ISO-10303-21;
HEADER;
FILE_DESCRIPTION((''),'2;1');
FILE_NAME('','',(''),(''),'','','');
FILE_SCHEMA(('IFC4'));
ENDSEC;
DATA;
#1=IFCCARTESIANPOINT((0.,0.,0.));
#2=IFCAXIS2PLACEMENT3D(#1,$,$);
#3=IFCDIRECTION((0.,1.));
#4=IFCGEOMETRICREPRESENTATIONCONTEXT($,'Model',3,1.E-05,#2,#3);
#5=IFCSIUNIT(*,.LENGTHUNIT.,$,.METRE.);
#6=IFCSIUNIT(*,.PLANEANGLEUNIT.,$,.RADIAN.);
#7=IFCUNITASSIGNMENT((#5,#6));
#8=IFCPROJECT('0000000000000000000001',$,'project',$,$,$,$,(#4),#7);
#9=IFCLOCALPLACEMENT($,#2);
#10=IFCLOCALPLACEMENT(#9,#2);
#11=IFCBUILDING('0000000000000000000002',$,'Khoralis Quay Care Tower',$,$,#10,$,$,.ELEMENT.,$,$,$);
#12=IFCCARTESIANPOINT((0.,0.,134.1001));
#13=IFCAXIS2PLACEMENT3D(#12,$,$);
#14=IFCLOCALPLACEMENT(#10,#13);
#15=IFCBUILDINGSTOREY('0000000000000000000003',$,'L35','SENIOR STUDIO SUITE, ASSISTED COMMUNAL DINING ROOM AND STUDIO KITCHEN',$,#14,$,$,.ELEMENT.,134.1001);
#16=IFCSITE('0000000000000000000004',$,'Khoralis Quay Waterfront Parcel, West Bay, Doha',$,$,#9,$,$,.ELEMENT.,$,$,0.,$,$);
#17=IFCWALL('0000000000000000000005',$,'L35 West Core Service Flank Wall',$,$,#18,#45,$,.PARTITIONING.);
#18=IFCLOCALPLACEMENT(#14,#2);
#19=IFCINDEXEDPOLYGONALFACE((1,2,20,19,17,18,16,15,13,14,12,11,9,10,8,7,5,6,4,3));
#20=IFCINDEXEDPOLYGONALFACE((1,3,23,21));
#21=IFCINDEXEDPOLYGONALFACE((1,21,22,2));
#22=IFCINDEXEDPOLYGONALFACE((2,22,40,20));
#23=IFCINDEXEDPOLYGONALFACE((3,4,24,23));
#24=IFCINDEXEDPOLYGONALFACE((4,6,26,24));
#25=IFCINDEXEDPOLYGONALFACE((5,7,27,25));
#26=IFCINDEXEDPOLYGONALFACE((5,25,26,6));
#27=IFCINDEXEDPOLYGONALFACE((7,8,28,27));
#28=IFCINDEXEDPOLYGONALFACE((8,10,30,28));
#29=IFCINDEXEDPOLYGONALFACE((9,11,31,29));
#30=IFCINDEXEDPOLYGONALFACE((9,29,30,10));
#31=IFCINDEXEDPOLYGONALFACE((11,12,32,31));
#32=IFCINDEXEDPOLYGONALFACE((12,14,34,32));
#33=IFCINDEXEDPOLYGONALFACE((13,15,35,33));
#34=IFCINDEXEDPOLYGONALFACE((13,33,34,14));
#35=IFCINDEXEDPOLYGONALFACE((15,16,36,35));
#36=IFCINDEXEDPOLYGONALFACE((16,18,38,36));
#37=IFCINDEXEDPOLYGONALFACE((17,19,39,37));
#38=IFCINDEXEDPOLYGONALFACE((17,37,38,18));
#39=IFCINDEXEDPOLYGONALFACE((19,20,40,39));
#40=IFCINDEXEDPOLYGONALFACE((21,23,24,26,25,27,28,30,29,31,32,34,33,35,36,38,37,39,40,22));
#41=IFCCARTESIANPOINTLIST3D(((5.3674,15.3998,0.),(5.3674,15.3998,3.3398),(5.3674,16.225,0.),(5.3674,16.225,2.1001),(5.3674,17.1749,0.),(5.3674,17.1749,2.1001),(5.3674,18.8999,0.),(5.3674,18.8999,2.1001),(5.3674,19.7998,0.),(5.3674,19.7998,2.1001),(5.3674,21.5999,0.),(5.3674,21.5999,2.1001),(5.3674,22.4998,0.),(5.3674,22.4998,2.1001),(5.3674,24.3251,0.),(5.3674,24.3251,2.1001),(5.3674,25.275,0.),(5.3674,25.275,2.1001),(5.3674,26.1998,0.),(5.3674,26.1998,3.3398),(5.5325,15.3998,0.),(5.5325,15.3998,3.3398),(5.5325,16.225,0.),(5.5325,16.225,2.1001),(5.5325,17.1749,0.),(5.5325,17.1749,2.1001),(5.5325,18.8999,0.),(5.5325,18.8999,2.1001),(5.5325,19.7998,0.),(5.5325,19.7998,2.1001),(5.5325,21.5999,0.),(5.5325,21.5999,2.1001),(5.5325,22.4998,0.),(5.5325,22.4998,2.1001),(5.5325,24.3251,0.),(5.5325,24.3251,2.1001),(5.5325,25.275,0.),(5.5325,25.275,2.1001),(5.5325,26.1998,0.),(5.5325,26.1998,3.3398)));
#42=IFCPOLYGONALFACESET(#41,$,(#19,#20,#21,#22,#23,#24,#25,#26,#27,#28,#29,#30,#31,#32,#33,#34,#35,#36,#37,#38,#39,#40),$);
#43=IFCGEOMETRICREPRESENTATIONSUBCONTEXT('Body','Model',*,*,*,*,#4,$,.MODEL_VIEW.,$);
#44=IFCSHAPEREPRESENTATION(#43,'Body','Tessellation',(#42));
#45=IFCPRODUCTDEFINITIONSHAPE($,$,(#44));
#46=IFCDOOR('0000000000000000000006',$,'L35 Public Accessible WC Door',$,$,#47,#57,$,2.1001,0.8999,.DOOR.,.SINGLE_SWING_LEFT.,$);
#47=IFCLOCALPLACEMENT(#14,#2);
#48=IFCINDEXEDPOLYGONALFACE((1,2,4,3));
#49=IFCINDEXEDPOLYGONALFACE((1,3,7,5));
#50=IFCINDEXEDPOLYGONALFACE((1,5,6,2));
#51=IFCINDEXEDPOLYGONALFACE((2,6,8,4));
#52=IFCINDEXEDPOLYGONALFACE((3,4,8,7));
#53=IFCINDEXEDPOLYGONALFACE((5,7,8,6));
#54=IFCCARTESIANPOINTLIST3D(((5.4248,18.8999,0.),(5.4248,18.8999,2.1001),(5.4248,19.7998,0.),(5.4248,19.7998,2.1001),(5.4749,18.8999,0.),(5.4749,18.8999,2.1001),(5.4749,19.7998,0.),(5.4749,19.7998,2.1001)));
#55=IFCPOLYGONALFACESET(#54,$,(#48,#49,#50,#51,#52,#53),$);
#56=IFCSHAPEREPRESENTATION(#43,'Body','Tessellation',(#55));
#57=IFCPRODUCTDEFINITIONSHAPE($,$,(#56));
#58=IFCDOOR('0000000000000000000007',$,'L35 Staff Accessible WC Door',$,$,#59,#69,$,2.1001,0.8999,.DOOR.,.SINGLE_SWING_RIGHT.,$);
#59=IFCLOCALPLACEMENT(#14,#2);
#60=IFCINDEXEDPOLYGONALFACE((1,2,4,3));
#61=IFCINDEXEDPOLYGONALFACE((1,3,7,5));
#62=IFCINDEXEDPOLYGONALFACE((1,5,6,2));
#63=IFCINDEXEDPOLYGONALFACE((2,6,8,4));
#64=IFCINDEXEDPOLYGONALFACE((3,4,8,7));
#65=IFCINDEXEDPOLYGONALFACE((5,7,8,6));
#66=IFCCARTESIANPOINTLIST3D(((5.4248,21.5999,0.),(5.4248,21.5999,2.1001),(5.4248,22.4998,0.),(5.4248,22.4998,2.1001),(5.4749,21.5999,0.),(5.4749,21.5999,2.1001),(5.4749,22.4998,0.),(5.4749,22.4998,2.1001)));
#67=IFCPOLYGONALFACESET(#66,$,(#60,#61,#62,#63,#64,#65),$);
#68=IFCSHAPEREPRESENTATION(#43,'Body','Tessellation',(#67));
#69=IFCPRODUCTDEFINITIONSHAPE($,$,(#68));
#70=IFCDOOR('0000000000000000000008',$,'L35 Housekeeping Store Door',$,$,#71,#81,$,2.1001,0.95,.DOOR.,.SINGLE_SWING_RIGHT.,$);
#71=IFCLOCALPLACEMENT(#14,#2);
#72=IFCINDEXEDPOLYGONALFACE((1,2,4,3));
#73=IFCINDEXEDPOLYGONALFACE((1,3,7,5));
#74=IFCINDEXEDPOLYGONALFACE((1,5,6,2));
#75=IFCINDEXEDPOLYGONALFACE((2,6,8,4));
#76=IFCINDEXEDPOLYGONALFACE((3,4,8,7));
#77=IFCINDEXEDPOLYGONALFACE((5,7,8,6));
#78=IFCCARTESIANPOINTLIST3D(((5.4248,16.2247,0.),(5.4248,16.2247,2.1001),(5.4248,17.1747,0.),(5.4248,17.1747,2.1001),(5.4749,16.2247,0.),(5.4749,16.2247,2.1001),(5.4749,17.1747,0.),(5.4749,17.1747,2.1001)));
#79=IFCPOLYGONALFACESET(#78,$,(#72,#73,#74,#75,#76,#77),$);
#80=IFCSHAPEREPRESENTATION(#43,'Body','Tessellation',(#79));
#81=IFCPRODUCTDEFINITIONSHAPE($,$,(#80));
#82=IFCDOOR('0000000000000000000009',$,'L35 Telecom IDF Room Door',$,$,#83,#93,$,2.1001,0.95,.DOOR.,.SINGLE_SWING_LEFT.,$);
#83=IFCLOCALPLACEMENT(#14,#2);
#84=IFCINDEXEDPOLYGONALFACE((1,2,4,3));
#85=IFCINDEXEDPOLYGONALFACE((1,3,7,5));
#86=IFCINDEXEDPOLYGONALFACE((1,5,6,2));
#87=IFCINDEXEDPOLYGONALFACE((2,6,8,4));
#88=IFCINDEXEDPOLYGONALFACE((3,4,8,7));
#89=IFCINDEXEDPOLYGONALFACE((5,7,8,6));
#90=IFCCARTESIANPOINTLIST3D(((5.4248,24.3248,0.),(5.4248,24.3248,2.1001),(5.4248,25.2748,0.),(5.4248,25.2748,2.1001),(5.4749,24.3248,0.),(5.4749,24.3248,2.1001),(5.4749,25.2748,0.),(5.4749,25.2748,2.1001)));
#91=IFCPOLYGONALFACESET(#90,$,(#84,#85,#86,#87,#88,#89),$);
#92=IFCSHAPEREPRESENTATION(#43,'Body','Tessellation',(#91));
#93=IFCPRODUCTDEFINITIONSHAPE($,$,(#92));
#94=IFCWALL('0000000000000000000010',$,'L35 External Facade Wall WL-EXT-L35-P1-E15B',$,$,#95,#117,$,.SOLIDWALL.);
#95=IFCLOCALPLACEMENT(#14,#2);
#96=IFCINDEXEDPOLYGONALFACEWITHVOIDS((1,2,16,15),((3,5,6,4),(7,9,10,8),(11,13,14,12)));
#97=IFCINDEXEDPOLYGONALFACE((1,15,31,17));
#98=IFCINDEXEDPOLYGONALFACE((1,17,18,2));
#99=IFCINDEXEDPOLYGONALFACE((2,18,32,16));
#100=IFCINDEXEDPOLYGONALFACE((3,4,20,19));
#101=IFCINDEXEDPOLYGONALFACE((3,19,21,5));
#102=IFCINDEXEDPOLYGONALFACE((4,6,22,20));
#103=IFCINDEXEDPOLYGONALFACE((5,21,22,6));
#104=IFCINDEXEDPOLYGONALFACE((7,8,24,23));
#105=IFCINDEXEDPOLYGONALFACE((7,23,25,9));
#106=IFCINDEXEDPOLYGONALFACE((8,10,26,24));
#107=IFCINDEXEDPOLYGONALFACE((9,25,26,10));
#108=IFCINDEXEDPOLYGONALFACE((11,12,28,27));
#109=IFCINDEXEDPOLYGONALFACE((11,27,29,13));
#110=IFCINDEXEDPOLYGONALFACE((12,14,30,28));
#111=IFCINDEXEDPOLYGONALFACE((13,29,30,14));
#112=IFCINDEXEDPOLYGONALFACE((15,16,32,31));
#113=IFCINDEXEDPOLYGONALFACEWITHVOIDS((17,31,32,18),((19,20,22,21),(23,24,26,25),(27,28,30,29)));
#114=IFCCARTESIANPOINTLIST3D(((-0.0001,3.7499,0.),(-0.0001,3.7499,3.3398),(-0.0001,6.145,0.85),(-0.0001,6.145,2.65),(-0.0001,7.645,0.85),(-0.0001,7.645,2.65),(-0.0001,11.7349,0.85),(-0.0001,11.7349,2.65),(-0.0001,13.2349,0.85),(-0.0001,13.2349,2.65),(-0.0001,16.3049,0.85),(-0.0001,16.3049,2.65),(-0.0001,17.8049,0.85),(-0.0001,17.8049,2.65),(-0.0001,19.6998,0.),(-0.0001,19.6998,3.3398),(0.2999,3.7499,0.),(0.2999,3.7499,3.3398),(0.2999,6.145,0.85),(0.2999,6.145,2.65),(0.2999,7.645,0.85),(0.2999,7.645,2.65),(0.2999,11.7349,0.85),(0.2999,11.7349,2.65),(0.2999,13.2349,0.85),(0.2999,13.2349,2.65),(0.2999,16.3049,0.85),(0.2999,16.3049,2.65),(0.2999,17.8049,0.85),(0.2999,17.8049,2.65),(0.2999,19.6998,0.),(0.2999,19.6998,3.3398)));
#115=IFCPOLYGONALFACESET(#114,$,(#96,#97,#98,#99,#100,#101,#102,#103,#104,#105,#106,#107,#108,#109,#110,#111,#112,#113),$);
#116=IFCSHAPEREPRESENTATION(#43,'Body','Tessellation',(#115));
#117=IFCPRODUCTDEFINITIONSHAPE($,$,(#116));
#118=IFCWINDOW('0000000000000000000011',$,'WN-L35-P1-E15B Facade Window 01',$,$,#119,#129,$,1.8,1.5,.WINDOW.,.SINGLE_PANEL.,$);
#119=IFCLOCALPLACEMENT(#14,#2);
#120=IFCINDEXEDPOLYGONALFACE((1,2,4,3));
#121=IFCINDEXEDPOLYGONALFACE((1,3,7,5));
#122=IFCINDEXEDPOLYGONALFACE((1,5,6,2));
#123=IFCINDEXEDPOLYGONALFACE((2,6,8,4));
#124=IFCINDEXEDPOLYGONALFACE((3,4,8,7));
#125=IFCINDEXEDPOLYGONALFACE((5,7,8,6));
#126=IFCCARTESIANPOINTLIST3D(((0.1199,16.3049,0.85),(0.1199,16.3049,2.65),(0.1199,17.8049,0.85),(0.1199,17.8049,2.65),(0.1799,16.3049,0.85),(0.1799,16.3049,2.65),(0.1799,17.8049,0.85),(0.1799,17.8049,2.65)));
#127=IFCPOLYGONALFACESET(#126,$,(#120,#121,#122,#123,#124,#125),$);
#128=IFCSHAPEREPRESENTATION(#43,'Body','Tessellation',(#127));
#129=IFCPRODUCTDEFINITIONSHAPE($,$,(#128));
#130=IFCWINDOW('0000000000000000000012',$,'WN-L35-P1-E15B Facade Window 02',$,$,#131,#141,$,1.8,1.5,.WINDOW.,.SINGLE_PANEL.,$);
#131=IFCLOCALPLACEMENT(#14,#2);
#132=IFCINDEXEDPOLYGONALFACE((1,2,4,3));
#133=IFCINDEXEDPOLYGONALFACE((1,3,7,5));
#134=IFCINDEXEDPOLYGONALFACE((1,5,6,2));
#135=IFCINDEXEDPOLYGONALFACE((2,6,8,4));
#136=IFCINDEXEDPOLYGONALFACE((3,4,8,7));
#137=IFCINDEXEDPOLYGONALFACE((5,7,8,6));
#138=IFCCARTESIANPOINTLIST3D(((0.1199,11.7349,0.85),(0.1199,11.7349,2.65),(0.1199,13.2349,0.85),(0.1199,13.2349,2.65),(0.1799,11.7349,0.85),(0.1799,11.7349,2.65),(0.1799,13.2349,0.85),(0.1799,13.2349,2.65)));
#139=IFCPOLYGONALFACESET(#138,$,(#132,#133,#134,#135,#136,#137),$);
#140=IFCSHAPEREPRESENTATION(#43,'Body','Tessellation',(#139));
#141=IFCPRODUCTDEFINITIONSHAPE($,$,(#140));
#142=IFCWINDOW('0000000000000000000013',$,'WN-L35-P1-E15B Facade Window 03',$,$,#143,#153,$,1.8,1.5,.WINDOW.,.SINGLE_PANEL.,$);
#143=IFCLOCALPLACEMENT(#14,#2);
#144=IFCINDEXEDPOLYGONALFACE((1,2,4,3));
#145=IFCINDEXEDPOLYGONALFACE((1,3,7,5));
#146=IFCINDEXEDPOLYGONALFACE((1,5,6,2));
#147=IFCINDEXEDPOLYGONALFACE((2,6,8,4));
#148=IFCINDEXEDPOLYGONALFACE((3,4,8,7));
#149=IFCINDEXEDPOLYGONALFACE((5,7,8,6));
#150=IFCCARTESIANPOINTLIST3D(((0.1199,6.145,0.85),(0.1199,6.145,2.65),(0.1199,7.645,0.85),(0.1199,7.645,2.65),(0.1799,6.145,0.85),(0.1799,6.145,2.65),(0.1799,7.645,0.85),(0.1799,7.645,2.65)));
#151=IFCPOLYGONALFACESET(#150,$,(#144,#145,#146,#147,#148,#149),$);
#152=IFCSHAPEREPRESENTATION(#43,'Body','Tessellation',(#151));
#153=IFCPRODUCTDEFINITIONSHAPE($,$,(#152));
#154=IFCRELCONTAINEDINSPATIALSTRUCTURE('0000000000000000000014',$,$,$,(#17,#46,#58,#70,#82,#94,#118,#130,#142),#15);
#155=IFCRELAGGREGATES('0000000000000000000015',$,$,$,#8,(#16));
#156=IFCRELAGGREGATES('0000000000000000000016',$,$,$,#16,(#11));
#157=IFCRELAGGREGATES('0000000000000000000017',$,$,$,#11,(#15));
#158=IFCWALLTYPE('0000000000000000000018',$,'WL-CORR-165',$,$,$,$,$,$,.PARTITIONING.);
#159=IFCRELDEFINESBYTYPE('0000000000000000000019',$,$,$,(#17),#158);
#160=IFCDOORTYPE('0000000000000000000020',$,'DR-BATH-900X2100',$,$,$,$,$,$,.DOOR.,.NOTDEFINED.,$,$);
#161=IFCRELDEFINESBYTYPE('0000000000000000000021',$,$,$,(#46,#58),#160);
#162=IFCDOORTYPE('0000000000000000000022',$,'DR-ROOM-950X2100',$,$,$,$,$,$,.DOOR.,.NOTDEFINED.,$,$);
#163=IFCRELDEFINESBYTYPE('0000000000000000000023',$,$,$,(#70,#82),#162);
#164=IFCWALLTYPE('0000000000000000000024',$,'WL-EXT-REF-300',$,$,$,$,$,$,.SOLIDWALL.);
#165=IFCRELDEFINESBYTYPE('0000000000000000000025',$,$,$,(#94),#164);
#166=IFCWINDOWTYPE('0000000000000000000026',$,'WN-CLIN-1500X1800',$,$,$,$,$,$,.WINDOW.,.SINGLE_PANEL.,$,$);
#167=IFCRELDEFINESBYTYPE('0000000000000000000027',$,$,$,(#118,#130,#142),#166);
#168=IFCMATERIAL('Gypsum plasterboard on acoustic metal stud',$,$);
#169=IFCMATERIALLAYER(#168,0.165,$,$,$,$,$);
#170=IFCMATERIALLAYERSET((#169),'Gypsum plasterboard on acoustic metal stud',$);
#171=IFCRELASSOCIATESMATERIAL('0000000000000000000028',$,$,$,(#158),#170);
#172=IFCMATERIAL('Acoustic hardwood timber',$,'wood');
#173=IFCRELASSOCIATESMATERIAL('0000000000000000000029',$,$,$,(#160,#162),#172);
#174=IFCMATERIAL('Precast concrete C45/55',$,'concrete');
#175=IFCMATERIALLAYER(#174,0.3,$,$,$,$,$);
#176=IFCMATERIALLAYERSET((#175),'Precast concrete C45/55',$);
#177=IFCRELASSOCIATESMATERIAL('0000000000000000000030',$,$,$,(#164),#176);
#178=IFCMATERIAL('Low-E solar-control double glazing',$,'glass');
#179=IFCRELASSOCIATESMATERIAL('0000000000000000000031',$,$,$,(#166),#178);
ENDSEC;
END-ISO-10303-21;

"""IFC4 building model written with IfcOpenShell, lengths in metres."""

from ifc_helpers import new_model, si_unit, direction, frame, frame_2d, origin, place, context, subcontext, project, spatial, rectangle, extrude, source, transform, mapped, material, layer, layer_set, type_object, element, fill, save


model = new_model("IFC4")

# Units and contexts
model_context = context("Model", 3, precision=1e-05, world=origin(), true_north=direction((0.0, 1.0)))
body_context = subcontext(model_context, "Body", "Model", "MODEL_VIEW")
ifc_project = project(units=[si_unit("LENGTHUNIT", "METRE"), si_unit("PLANEANGLEUNIT", "RADIAN")], contexts=[model_context])

# Site, building, storey
site_placement = place(None, origin())
site = spatial("IfcSite", under=ifc_project, at=site_placement, Name="Khoralis Quay Waterfront Parcel, West Bay, Doha", CompositionType="ELEMENT", RefElevation=0.0)
building_placement = place(site_placement, origin())
building = spatial("IfcBuilding", under=site, at=building_placement, Name="Khoralis Quay Care Tower", CompositionType="ELEMENT")
storey_placement = place(building_placement, frame((0.0, 0.0, 134.1001)))
storey = spatial("IfcBuildingStorey", under=building, at=storey_placement, Name="L35", Description="SENIOR STUDIO SUITE, ASSISTED COMMUNAL DINING ROOM AND STUDIO KITCHEN", CompositionType="ELEMENT", Elevation=134.1001)

# Shared definitions
ifc_material_1 = material(Name="Low-E solar-control double glazing", Category="glass")

# Wall, openings, doors
ifc_material_2 = material(Name="Gypsum plasterboard on acoustic metal stud")
ifc_layer_1 = layer(ifc_material_2, 0.165)
ifc_layer_set_1 = layer_set([ifc_layer_1], Name="Gypsum plasterboard on acoustic metal stud")
wall_type_1 = type_object("IfcWallType", Name="WL-CORR-165", PredefinedType="PARTITIONING", material=ifc_layer_set_1)
wall_1_placement = place(storey_placement, frame((5.45, 15.3999, 0.0), z_axis=(0.0, 0.0, 1.0), x_axis=(0.0, 1.0, 0.0)))
wall_1 = element("IfcWall", 1, at=wall_1_placement, inside=storey, type_object=wall_type_1, Name="L35 West Core Service Flank Wall", PredefinedType="PARTITIONING", context=body_context, shape_type="SweptSolid", body=[
    extrude(rectangle(XDim=10.8, YDim=0.165, at=frame_2d((5.3999, 0.0))), origin(), (0.0, 0.0, 1.0), 3.3398),
])
opening_1_placement = place(wall_1_placement, frame((0.825, 0.0, 0.0)))
opening_1 = element("IfcOpeningElement", 2, at=opening_1_placement, cuts=wall_1, PredefinedType="OPENING", context=body_context, shape_type="SweptSolid", body=[
    extrude(rectangle(XDim=0.95, YDim=2.1001, at=frame_2d((0.4751, 1.05))), frame((0.0, 0.0925, 0.0), z_axis=(0.0, -1.0, 0.0), x_axis=(1.0, 0.0, 0.0)), (0.0, 0.0, 1.0), 0.1851),
])
opening_2_placement = place(wall_1_placement, frame((3.5, 0.0, 0.0)))
opening_2 = element("IfcOpeningElement", 3, at=opening_2_placement, cuts=wall_1, PredefinedType="OPENING", context=body_context, shape_type="SweptSolid", body=[
    extrude(rectangle(XDim=0.8999, YDim=2.1001, at=frame_2d((0.45, 1.05))), frame((0.0, 0.0925, 0.0), z_axis=(0.0, -1.0, 0.0), x_axis=(1.0, 0.0, 0.0)), (0.0, 0.0, 1.0), 0.1851),
])
opening_3_placement = place(wall_1_placement, frame((6.2, 0.0, 0.0)))
opening_3 = element("IfcOpeningElement", 4, at=opening_3_placement, cuts=wall_1, PredefinedType="OPENING", context=body_context, shape_type="SweptSolid", body=[
    extrude(rectangle(XDim=0.8999, YDim=2.1001, at=frame_2d((0.45, 1.05))), frame((0.0, 0.0925, 0.0), z_axis=(0.0, -1.0, 0.0), x_axis=(1.0, 0.0, 0.0)), (0.0, 0.0, 1.0), 0.1851),
])
opening_4_placement = place(wall_1_placement, frame((8.925, 0.0, 0.0)))
opening_4 = element("IfcOpeningElement", 5, at=opening_4_placement, cuts=wall_1, PredefinedType="OPENING", context=body_context, shape_type="SweptSolid", body=[
    extrude(rectangle(XDim=0.95, YDim=2.1001, at=frame_2d((0.4751, 1.05))), frame((0.0, 0.0925, 0.0), z_axis=(0.0, -1.0, 0.0), x_axis=(1.0, 0.0, 0.0)), (0.0, 0.0, 1.0), 0.1851),
])
ifc_material_3 = material(Name="Acoustic hardwood timber", Category="wood")
door_type_1 = type_object("IfcDoorType", Name="DR-BATH-900X2100", OperationType="NOTDEFINED", PredefinedType="DOOR", material=ifc_material_3)
shared_shape_1 = source(origin(), body_context, "Body", "SweptSolid", [
    extrude(rectangle(XDim=0.8999, YDim=2.1001, at=frame_2d((0.45, 1.05))), frame((0.0, 0.0249, 0.0), z_axis=(0.0, -1.0, 0.0), x_axis=(1.0, 0.0, 0.0)), (0.0, 0.0, 1.0), 0.05),
])
door_1_placement = place(opening_2_placement, frame((0.8999, 0.0, 0.0), z_axis=(0.0, 0.0, 1.0), x_axis=(-1.0, 0.0, 0.0)))
door_1 = element("IfcDoor", 6, at=door_1_placement, inside=storey, type_object=door_type_1, Name="L35 Public Accessible WC Door", OperationType="SINGLE_SWING_LEFT", OverallHeight=2.1001, OverallWidth=0.8999, PredefinedType="DOOR", context=body_context, shape_type="MappedRepresentation", body=[
    mapped(shared_shape_1, transform((0.0, 0.0, 0.0), scale=1.0)),
])
fill(opening_2, door_1)
door_2_placement = place(opening_3_placement, frame((0.8999, 0.0, 0.0), z_axis=(0.0, 0.0, 1.0), x_axis=(-1.0, 0.0, 0.0)))
door_2 = element("IfcDoor", 7, at=door_2_placement, inside=storey, type_object=door_type_1, Name="L35 Staff Accessible WC Door", OperationType="SINGLE_SWING_RIGHT", OverallHeight=2.1001, OverallWidth=0.8999, PredefinedType="DOOR", context=body_context, shape_type="MappedRepresentation", body=[
    mapped(shared_shape_1, transform((0.0, 0.0, 0.0), scale=1.0)),
])
fill(opening_3, door_2)
door_type_2 = type_object("IfcDoorType", Name="DR-ROOM-950X2100", OperationType="NOTDEFINED", PredefinedType="DOOR", material=ifc_material_3)
shared_shape_2 = source(origin(), body_context, "Body", "SweptSolid", [
    extrude(rectangle(XDim=0.95, YDim=2.1001, at=frame_2d((0.4751, 1.05))), frame((0.0, 0.0249, 0.0), z_axis=(0.0, -1.0, 0.0), x_axis=(1.0, 0.0, 0.0)), (0.0, 0.0, 1.0), 0.05),
])
door_3_placement = place(opening_1_placement, frame((0.95, 0.0, 0.0), z_axis=(0.0, 0.0, 1.0), x_axis=(-1.0, 0.0, 0.0)))
door_3 = element("IfcDoor", 8, at=door_3_placement, inside=storey, type_object=door_type_2, Name="L35 Housekeeping Store Door", OperationType="SINGLE_SWING_RIGHT", OverallHeight=2.1001, OverallWidth=0.95, PredefinedType="DOOR", context=body_context, shape_type="MappedRepresentation", body=[
    mapped(shared_shape_2, transform((0.0, 0.0, 0.0), scale=1.0)),
])
fill(opening_1, door_3)
door_4_placement = place(opening_4_placement, frame((0.95, 0.0, 0.0), z_axis=(0.0, 0.0, 1.0), x_axis=(-1.0, 0.0, 0.0)))
door_4 = element("IfcDoor", 9, at=door_4_placement, inside=storey, type_object=door_type_2, Name="L35 Telecom IDF Room Door", OperationType="SINGLE_SWING_LEFT", OverallHeight=2.1001, OverallWidth=0.95, PredefinedType="DOOR", context=body_context, shape_type="MappedRepresentation", body=[
    mapped(shared_shape_2, transform((0.0, 0.0, 0.0), scale=1.0)),
])
fill(opening_4, door_4)

# Wall, openings, windows
ifc_material_4 = material(Name="Precast concrete C45/55", Category="concrete")
ifc_layer_2 = layer(ifc_material_4, 0.3)
ifc_layer_set_2 = layer_set([ifc_layer_2], Name="Precast concrete C45/55")
wall_type_2 = type_object("IfcWallType", Name="WL-EXT-REF-300", PredefinedType="SOLIDWALL", material=ifc_layer_set_2)
wall_2_placement = place(storey_placement, frame((0.1499, 19.7, 0.0), z_axis=(0.0, 0.0, 1.0), x_axis=(0.0, -1.0, 0.0)))
wall_2 = element("IfcWall", 10, at=wall_2_placement, inside=storey, type_object=wall_type_2, Name="L35 External Facade Wall WL-EXT-L35-P1-E15B", PredefinedType="SOLIDWALL", context=body_context, shape_type="SweptSolid", body=[
    extrude(rectangle(XDim=15.95, YDim=0.3, at=frame_2d((7.9751, 0.0))), origin(), (0.0, 0.0, 1.0), 3.3398),
])
opening_5_placement = place(wall_2_placement, frame((1.895, 0.0, 0.8501)))
opening_5 = element("IfcOpeningElement", 11, at=opening_5_placement, cuts=wall_2, PredefinedType="OPENING", context=body_context, shape_type="SweptSolid", body=[
    extrude(rectangle(XDim=1.5, YDim=1.8, at=frame_2d((0.75, 0.8999))), frame((0.0, 0.1602, 0.0), z_axis=(0.0, -1.0, 0.0), x_axis=(1.0, 0.0, 0.0)), (0.0, 0.0, 1.0), 0.3201),
])
opening_6_placement = place(wall_2_placement, frame((6.4651, 0.0, 0.8501)))
opening_6 = element("IfcOpeningElement", 12, at=opening_6_placement, cuts=wall_2, PredefinedType="OPENING", context=body_context, shape_type="SweptSolid", body=[
    extrude(rectangle(XDim=1.5, YDim=1.8, at=frame_2d((0.75, 0.8999))), frame((0.0, 0.1602, 0.0), z_axis=(0.0, -1.0, 0.0), x_axis=(1.0, 0.0, 0.0)), (0.0, 0.0, 1.0), 0.3201),
])
opening_7_placement = place(wall_2_placement, frame((12.0549, 0.0, 0.8501)))
opening_7 = element("IfcOpeningElement", 13, at=opening_7_placement, cuts=wall_2, PredefinedType="OPENING", context=body_context, shape_type="SweptSolid", body=[
    extrude(rectangle(XDim=1.5, YDim=1.8, at=frame_2d((0.75, 0.8999))), frame((0.0, 0.1602, 0.0), z_axis=(0.0, -1.0, 0.0), x_axis=(1.0, 0.0, 0.0)), (0.0, 0.0, 1.0), 0.3201),
])
window_type = type_object("IfcWindowType", Name="WN-CLIN-1500X1800", PartitioningType="SINGLE_PANEL", PredefinedType="WINDOW", material=ifc_material_1)
shared_shape_3 = source(origin(), body_context, "Body", "SweptSolid", [
    extrude(rectangle(XDim=1.5, YDim=1.8, at=frame_2d((0.75, 0.8999))), frame((0.0, 0.03, 0.0), z_axis=(0.0, -1.0, 0.0), x_axis=(1.0, 0.0, 0.0)), (0.0, 0.0, 1.0), 0.0601),
])
window_1_placement = place(opening_5_placement, origin())
window_1 = element("IfcWindow", 14, at=window_1_placement, inside=storey, type_object=window_type, Name="WN-L35-P1-E15B Facade Window 01", OverallHeight=1.8, OverallWidth=1.5, PartitioningType="SINGLE_PANEL", PredefinedType="WINDOW", context=body_context, shape_type="MappedRepresentation", body=[
    mapped(shared_shape_3, transform((0.0, 0.0, 0.0), scale=1.0)),
])
fill(opening_5, window_1)
window_2_placement = place(opening_6_placement, origin())
window_2 = element("IfcWindow", 15, at=window_2_placement, inside=storey, type_object=window_type, Name="WN-L35-P1-E15B Facade Window 02", OverallHeight=1.8, OverallWidth=1.5, PartitioningType="SINGLE_PANEL", PredefinedType="WINDOW", context=body_context, shape_type="MappedRepresentation", body=[
    mapped(shared_shape_3, transform((0.0, 0.0, 0.0), scale=1.0)),
])
fill(opening_6, window_2)
window_3_placement = place(opening_7_placement, origin())
window_3 = element("IfcWindow", 16, at=window_3_placement, inside=storey, type_object=window_type, Name="WN-L35-P1-E15B Facade Window 03", OverallHeight=1.8, OverallWidth=1.5, PartitioningType="SINGLE_PANEL", PredefinedType="WINDOW", context=body_context, shape_type="MappedRepresentation", body=[
    mapped(shared_shape_3, transform((0.0, 0.0, 0.0), scale=1.0)),
])
fill(opening_7, window_3)

save(model, "model.ifc")
